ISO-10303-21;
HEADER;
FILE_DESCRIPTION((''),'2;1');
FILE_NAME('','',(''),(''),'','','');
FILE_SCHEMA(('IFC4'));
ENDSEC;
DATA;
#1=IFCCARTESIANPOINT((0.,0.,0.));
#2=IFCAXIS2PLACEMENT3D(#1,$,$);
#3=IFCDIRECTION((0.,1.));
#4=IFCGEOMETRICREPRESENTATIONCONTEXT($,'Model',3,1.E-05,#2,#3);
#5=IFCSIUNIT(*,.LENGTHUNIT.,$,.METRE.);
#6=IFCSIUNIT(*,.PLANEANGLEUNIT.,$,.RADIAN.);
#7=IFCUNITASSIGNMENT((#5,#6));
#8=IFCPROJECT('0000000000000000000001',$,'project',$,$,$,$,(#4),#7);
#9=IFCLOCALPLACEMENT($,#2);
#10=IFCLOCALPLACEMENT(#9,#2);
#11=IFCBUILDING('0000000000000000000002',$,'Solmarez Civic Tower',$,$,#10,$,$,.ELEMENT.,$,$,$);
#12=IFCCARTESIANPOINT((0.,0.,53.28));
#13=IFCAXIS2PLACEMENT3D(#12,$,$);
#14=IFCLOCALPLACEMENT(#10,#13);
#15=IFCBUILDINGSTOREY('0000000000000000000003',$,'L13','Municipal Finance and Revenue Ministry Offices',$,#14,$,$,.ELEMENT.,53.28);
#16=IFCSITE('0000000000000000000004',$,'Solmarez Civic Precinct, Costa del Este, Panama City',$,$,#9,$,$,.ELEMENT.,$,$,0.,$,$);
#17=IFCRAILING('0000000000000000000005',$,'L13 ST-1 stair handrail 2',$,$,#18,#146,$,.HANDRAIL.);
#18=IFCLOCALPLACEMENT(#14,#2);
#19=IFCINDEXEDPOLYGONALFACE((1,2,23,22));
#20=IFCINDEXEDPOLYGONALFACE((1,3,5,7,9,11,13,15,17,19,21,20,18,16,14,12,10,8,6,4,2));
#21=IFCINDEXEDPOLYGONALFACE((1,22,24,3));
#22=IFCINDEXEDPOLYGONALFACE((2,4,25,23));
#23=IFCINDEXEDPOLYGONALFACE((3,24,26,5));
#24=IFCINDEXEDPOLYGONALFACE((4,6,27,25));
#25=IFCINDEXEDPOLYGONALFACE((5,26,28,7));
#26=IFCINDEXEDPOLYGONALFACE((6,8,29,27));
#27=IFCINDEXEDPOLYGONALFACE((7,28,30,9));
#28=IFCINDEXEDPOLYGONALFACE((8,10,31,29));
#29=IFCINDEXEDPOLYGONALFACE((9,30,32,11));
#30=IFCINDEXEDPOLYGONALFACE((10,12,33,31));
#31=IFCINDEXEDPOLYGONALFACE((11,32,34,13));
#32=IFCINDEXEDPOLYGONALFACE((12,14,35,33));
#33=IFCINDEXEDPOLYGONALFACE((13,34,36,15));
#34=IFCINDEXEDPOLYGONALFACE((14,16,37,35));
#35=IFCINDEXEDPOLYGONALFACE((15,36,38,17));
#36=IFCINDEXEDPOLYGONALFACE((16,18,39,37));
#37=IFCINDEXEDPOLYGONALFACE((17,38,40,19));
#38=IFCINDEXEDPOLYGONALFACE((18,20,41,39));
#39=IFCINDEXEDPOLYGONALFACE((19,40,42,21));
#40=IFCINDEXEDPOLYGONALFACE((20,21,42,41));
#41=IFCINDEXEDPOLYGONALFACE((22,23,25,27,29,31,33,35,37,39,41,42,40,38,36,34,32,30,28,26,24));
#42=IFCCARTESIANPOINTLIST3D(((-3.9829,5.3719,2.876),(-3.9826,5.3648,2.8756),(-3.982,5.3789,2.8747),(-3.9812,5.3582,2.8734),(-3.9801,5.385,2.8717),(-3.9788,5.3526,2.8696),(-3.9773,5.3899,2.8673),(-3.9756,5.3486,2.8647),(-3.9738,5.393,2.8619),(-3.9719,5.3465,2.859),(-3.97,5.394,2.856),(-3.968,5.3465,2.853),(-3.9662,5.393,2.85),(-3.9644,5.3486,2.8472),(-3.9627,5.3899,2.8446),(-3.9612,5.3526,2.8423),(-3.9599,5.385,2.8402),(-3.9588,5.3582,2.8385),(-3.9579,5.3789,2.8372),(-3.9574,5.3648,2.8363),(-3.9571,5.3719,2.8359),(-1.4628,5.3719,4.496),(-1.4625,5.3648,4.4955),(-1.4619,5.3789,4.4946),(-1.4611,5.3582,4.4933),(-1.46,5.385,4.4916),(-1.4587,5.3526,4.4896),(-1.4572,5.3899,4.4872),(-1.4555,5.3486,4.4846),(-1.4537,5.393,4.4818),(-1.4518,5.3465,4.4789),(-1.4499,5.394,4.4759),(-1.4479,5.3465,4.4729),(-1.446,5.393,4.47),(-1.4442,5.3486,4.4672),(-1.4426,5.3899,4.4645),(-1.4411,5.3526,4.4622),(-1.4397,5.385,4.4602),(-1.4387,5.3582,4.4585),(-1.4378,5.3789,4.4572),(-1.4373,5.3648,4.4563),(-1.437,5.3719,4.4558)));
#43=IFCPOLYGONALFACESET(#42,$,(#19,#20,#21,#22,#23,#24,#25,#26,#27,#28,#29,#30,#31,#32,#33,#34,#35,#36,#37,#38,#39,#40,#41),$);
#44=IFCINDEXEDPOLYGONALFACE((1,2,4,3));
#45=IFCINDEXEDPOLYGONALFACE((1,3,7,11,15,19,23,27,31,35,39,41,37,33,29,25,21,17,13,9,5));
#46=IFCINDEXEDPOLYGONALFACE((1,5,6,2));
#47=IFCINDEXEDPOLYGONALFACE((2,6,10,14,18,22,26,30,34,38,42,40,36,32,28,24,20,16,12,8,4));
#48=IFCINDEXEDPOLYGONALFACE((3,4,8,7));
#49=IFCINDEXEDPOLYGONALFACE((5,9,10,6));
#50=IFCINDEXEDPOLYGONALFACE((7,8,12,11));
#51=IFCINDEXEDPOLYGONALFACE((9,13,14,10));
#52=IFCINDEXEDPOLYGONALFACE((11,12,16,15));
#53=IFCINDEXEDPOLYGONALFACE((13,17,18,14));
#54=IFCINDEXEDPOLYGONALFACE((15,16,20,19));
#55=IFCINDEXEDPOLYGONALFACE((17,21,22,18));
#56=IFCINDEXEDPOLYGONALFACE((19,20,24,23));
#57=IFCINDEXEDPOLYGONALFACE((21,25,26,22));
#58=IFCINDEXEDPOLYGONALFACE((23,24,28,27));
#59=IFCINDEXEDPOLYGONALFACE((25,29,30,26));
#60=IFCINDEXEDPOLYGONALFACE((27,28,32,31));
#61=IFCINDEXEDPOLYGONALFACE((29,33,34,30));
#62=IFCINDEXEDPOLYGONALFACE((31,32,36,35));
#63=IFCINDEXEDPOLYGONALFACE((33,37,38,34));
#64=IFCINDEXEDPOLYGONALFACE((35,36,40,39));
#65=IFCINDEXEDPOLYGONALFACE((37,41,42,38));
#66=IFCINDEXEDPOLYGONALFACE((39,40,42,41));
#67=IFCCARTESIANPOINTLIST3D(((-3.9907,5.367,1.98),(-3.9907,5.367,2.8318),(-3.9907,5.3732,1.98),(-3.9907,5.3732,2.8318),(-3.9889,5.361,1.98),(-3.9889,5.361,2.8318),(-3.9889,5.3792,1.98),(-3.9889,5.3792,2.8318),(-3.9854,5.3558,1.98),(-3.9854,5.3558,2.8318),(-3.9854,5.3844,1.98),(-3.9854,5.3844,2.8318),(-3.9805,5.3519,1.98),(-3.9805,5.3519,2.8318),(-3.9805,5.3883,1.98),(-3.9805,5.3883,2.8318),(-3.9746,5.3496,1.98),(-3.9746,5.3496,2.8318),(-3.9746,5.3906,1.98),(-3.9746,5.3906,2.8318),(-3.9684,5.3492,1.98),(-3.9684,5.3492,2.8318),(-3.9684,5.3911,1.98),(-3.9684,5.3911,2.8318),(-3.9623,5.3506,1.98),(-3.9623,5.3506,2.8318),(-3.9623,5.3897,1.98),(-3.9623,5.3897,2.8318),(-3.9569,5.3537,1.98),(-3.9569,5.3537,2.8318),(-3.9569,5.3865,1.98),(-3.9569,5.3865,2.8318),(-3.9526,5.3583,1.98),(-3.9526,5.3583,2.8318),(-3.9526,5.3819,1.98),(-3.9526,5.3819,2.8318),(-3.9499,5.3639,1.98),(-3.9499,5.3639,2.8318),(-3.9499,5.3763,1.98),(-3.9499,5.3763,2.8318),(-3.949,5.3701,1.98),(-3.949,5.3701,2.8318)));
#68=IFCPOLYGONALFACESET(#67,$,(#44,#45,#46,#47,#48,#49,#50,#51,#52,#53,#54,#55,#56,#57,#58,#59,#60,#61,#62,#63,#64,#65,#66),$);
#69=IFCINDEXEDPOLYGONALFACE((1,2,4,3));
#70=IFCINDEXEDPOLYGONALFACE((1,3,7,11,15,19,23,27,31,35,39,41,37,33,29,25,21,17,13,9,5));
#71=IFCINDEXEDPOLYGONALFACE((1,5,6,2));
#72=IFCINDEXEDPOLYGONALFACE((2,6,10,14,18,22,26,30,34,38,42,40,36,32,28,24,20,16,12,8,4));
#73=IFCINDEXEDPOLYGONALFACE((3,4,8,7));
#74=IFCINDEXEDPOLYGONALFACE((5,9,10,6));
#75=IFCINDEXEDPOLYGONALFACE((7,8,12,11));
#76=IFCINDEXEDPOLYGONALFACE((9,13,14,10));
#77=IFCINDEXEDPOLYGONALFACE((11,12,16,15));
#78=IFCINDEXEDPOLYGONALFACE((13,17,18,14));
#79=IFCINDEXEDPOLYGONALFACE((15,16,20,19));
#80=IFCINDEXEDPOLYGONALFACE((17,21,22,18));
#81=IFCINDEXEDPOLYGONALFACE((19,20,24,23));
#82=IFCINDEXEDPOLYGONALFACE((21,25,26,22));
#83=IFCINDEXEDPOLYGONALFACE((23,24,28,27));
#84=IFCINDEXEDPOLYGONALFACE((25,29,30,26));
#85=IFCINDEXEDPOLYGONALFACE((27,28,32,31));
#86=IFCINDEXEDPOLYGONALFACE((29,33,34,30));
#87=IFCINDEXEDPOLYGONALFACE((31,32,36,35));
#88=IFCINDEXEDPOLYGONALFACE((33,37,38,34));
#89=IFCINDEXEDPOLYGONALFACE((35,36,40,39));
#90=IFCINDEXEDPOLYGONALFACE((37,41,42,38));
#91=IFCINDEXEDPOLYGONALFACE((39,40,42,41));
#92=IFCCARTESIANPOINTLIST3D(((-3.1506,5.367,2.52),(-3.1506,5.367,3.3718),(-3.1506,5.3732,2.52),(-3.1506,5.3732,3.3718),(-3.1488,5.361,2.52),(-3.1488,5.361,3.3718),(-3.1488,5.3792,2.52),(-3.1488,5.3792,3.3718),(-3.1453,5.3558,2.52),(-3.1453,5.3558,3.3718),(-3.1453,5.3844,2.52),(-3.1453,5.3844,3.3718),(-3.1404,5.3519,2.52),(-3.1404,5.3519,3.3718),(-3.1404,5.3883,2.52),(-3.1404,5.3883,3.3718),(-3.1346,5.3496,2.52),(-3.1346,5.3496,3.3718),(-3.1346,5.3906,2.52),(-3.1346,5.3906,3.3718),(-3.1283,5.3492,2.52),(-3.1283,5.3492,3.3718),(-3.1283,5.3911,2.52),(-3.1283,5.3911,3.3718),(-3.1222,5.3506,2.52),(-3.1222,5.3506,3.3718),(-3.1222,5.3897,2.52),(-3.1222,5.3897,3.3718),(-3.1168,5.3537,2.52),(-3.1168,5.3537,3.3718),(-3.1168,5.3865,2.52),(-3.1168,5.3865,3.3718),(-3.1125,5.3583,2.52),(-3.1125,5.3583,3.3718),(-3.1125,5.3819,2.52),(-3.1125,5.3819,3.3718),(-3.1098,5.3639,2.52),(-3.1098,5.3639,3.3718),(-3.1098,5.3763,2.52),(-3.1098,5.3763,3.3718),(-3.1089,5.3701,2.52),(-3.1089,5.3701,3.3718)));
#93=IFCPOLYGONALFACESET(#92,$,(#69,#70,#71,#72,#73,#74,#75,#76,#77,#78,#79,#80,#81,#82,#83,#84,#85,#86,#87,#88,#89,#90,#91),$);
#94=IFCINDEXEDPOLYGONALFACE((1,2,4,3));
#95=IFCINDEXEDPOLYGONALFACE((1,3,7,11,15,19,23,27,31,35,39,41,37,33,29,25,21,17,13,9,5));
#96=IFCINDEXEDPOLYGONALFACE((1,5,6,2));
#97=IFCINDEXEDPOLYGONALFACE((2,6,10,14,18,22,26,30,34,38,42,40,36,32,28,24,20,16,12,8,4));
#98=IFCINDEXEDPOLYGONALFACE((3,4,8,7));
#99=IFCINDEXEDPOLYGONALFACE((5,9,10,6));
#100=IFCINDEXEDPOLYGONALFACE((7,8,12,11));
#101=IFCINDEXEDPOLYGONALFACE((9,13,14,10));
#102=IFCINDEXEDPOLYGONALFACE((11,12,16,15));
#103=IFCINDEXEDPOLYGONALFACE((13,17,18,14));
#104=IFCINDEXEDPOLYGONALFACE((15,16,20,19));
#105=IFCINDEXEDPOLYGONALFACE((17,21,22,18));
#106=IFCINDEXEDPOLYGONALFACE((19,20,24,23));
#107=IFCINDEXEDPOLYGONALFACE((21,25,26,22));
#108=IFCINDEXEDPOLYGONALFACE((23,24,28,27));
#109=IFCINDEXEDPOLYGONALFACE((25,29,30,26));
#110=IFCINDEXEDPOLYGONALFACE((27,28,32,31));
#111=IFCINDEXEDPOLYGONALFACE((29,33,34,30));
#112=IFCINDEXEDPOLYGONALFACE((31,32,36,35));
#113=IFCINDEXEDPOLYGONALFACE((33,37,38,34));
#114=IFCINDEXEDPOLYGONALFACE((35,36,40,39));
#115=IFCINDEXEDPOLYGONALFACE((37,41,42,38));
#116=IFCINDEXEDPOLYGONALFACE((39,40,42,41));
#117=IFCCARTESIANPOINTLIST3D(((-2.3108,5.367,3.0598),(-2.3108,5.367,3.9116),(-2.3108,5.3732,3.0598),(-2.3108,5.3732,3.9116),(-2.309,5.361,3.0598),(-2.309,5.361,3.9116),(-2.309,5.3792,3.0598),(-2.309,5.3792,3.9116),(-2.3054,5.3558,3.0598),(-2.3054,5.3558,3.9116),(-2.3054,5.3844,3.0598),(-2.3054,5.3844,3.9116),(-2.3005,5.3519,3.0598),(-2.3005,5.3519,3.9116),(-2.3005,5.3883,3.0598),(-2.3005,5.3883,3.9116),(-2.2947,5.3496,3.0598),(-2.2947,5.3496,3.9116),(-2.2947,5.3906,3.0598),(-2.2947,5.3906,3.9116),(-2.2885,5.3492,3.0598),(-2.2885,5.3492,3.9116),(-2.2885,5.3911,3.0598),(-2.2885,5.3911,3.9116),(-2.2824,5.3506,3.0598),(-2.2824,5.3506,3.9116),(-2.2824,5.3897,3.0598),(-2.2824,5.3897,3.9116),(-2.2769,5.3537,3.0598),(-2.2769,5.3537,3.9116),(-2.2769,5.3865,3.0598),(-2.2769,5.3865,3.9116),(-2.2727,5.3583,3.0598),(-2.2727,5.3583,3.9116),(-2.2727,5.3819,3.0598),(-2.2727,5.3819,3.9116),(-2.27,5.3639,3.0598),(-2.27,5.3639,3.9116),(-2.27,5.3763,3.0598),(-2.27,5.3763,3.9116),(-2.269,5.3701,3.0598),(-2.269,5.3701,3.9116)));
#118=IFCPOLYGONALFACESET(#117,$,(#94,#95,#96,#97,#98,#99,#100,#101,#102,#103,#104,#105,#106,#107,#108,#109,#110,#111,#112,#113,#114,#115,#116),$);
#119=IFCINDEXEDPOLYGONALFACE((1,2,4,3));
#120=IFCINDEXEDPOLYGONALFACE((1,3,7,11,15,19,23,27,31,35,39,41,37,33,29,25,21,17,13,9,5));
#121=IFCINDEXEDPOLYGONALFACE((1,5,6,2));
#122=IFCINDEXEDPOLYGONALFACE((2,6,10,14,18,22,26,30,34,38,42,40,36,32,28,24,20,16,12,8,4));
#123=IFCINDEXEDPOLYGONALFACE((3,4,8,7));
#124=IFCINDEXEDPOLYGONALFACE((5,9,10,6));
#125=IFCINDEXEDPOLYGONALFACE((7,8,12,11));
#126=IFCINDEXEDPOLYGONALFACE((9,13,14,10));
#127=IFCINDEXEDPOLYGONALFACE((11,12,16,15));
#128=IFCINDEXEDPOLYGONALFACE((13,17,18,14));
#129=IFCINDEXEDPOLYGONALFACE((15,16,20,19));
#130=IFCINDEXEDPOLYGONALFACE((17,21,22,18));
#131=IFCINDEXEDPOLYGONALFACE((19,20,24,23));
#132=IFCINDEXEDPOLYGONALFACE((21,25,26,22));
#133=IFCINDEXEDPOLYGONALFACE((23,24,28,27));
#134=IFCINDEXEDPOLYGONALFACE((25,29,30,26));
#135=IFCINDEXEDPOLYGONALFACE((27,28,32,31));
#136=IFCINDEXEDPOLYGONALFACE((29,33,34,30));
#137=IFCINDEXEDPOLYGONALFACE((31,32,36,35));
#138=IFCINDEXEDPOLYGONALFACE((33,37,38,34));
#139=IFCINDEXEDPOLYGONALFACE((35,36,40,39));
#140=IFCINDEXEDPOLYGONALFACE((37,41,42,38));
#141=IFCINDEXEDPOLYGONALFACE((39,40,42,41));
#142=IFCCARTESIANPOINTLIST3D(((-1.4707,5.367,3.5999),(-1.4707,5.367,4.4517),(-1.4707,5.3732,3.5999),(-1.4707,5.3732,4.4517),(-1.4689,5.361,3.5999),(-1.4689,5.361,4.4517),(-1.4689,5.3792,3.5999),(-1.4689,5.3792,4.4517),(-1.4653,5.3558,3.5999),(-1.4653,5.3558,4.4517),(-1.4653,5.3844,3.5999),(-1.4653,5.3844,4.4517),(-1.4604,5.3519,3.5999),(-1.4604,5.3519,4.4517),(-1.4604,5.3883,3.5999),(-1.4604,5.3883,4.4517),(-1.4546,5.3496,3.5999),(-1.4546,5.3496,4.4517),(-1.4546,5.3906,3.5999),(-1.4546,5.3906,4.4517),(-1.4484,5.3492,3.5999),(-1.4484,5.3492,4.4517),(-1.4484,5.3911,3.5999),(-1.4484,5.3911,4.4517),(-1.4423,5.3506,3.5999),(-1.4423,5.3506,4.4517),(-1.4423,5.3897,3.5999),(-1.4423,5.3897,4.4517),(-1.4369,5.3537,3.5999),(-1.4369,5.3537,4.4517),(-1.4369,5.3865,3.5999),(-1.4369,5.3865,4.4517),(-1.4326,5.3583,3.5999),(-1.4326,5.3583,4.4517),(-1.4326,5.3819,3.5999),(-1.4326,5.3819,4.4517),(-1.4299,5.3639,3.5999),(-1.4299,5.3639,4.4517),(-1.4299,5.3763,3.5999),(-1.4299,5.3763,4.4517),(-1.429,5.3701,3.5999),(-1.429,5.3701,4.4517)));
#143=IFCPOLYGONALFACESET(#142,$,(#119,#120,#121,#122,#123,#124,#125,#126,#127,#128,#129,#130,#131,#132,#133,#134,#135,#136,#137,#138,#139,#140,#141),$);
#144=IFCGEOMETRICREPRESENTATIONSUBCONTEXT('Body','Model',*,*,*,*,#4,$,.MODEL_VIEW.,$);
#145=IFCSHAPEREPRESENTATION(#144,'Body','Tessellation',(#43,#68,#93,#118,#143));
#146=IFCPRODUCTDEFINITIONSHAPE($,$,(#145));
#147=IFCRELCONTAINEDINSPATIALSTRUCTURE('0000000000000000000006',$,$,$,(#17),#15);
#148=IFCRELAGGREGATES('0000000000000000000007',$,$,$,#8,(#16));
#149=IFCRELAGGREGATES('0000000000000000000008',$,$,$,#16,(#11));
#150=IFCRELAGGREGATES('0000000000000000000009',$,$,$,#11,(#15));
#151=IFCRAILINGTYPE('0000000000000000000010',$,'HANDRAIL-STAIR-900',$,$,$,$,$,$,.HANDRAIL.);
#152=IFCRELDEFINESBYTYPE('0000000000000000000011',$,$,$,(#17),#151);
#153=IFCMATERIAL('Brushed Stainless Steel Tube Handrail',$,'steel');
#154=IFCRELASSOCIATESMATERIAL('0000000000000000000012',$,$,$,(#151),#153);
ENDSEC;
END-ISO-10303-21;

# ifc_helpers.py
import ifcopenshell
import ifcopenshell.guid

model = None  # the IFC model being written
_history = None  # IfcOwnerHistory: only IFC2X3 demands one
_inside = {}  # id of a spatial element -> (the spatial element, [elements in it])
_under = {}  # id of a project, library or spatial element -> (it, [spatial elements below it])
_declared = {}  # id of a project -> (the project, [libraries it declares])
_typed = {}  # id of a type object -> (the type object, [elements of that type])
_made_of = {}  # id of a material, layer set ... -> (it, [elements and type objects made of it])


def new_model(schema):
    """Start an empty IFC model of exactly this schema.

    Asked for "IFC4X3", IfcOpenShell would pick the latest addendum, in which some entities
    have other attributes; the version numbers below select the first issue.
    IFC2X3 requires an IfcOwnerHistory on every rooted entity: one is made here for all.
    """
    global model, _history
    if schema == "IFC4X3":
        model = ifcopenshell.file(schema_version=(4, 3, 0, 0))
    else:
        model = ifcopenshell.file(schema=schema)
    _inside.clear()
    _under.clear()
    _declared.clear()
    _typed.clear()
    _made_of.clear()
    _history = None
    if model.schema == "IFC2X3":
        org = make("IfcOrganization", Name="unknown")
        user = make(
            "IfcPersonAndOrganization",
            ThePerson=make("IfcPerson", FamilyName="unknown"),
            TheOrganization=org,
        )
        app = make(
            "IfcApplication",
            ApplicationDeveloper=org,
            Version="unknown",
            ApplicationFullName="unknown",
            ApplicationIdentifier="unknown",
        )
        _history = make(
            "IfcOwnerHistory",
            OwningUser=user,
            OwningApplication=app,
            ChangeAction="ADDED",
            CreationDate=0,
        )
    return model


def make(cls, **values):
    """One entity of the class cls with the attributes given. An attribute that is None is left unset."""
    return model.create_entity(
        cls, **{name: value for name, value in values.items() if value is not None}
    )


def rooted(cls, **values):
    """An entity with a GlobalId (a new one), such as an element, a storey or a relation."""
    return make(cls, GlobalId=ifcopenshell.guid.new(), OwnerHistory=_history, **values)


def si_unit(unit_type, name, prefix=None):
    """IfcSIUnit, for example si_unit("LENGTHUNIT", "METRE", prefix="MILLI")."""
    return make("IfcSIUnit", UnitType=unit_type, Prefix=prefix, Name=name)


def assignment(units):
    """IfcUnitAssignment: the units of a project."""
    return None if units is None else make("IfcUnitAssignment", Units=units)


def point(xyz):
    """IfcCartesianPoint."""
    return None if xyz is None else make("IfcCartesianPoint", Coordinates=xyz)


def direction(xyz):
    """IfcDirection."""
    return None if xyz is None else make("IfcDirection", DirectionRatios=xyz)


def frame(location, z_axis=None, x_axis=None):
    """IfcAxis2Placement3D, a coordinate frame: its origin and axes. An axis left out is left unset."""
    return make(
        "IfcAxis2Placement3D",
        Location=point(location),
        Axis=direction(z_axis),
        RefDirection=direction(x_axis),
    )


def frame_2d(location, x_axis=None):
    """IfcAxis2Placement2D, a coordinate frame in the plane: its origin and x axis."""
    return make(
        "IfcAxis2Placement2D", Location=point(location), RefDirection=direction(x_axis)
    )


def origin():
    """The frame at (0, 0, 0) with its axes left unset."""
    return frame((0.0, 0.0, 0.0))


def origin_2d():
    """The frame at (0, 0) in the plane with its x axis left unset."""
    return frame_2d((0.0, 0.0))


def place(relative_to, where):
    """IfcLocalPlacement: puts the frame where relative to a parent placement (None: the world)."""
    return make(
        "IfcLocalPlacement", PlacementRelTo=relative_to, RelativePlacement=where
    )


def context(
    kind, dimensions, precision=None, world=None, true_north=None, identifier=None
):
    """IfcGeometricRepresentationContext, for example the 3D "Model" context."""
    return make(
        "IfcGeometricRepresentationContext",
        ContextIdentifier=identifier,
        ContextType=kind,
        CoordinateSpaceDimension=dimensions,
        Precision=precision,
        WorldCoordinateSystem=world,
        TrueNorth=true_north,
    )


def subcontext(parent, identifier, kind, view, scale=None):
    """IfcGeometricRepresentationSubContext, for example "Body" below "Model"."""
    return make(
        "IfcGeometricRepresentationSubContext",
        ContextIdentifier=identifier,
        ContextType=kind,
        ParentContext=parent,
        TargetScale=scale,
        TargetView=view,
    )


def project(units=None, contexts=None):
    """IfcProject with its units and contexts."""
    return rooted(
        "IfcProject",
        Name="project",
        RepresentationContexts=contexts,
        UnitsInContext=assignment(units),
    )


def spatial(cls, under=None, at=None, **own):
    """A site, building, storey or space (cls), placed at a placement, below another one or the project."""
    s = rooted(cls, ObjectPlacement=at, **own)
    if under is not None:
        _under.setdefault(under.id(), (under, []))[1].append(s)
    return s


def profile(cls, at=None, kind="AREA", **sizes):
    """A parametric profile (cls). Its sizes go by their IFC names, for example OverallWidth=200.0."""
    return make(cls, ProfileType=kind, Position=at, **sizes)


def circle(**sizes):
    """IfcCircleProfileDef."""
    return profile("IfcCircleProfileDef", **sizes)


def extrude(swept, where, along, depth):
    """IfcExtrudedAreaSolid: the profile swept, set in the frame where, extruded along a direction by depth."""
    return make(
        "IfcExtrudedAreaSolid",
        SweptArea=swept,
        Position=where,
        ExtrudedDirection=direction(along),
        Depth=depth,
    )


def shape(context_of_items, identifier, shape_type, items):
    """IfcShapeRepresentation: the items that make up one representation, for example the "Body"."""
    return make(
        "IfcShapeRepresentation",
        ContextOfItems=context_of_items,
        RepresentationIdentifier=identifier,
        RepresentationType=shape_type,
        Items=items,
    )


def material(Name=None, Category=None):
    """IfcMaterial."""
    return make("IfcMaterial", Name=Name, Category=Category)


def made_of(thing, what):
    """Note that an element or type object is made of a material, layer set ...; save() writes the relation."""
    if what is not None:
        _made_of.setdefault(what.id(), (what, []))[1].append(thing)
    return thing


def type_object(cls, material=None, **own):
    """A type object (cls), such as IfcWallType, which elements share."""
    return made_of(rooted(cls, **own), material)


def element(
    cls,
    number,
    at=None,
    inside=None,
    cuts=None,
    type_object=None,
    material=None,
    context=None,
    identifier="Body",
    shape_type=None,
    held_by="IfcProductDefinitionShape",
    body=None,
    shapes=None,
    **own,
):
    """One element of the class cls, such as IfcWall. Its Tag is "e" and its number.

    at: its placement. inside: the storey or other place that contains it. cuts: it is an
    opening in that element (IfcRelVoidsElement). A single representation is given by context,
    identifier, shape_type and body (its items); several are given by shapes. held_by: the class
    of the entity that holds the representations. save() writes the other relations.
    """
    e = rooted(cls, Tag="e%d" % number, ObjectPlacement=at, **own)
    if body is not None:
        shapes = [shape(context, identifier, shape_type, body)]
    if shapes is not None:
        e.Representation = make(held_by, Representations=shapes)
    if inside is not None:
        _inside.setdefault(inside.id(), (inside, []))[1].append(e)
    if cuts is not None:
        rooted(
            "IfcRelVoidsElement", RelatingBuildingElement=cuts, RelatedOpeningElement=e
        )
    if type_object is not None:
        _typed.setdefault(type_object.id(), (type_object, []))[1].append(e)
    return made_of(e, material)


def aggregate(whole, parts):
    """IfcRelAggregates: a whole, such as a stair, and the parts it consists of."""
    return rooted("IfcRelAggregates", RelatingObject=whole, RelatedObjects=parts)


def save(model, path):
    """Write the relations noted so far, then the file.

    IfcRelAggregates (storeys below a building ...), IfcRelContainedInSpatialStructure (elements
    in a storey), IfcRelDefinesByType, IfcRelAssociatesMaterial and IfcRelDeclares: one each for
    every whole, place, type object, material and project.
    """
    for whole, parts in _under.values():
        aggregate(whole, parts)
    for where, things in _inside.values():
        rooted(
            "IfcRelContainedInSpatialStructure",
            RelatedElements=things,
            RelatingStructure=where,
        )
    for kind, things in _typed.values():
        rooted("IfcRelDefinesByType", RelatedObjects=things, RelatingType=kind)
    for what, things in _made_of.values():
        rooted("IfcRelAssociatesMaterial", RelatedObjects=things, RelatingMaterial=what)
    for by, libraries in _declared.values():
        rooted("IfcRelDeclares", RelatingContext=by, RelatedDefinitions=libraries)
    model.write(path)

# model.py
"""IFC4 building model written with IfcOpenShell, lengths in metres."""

from ifc_helpers import new_model, si_unit, direction, frame, origin, origin_2d, place, context, subcontext, project, spatial, circle, extrude, material, type_object, element, save


model = new_model("IFC4")

# Units and contexts
model_context = context("Model", 3, precision=1e-05, world=origin(), true_north=direction((0.0, 1.0)))
body_context = subcontext(model_context, "Body", "Model", "MODEL_VIEW")
ifc_project = project(units=[si_unit("LENGTHUNIT", "METRE"), si_unit("PLANEANGLEUNIT", "RADIAN")], contexts=[model_context])

# Site, building, storey
site_placement = place(None, origin())
site = spatial("IfcSite", under=ifc_project, at=site_placement, Name="Solmarez Civic Precinct, Costa del Este, Panama City", CompositionType="ELEMENT", RefElevation=0.0)
building_placement = place(site_placement, origin())
building = spatial("IfcBuilding", under=site, at=building_placement, Name="Solmarez Civic Tower", CompositionType="ELEMENT")
storey_placement = place(building_placement, frame((0.0, 0.0, 53.28)))
storey = spatial("IfcBuildingStorey", under=building, at=storey_placement, Name="L13", Description="Municipal Finance and Revenue Ministry Offices", CompositionType="ELEMENT", Elevation=53.28)

# Railing
ifc_material_1 = material(Name="Brushed Stainless Steel Tube Handrail", Category="steel")
railing_type_1 = type_object("IfcRailingType", Name="HANDRAIL-STAIR-900", PredefinedType="HANDRAIL", material=ifc_material_1)
railing_1_placement = place(storey_placement, frame((-3.97, 5.3701, 1.98)))
element("IfcRailing", 1, at=railing_1_placement, inside=storey, type_object=railing_type_1, Name="L13 ST-1 stair handrail 2", PredefinedType="HANDRAIL", context=body_context, shape_type="SweptSolid", body=[
    extrude(circle(Radius=0.0239, at=origin_2d()), frame((0.0, 0.0, 0.876), z_axis=(0.8412, 0.0, 0.540725), x_axis=(0.0, 1.0, 0.0)), (0.0, 0.0, 1.0), 2.9958),
    extrude(circle(Radius=0.021, at=origin_2d()), origin(), (0.0, 0.0, 1.0), 0.8518),
    extrude(circle(Radius=0.021, at=origin_2d()), frame((0.8401, 0.0, 0.54)), (0.0, 0.0, 1.0), 0.8518),
    extrude(circle(Radius=0.021, at=origin_2d()), frame((1.6799, 0.0, 1.0798)), (0.0, 0.0, 1.0), 0.8518),
    extrude(circle(Radius=0.021, at=origin_2d()), frame((2.52, 0.0, 1.6199)), (0.0, 0.0, 1.0), 0.8518),
])

save(model, "model.ifc")
